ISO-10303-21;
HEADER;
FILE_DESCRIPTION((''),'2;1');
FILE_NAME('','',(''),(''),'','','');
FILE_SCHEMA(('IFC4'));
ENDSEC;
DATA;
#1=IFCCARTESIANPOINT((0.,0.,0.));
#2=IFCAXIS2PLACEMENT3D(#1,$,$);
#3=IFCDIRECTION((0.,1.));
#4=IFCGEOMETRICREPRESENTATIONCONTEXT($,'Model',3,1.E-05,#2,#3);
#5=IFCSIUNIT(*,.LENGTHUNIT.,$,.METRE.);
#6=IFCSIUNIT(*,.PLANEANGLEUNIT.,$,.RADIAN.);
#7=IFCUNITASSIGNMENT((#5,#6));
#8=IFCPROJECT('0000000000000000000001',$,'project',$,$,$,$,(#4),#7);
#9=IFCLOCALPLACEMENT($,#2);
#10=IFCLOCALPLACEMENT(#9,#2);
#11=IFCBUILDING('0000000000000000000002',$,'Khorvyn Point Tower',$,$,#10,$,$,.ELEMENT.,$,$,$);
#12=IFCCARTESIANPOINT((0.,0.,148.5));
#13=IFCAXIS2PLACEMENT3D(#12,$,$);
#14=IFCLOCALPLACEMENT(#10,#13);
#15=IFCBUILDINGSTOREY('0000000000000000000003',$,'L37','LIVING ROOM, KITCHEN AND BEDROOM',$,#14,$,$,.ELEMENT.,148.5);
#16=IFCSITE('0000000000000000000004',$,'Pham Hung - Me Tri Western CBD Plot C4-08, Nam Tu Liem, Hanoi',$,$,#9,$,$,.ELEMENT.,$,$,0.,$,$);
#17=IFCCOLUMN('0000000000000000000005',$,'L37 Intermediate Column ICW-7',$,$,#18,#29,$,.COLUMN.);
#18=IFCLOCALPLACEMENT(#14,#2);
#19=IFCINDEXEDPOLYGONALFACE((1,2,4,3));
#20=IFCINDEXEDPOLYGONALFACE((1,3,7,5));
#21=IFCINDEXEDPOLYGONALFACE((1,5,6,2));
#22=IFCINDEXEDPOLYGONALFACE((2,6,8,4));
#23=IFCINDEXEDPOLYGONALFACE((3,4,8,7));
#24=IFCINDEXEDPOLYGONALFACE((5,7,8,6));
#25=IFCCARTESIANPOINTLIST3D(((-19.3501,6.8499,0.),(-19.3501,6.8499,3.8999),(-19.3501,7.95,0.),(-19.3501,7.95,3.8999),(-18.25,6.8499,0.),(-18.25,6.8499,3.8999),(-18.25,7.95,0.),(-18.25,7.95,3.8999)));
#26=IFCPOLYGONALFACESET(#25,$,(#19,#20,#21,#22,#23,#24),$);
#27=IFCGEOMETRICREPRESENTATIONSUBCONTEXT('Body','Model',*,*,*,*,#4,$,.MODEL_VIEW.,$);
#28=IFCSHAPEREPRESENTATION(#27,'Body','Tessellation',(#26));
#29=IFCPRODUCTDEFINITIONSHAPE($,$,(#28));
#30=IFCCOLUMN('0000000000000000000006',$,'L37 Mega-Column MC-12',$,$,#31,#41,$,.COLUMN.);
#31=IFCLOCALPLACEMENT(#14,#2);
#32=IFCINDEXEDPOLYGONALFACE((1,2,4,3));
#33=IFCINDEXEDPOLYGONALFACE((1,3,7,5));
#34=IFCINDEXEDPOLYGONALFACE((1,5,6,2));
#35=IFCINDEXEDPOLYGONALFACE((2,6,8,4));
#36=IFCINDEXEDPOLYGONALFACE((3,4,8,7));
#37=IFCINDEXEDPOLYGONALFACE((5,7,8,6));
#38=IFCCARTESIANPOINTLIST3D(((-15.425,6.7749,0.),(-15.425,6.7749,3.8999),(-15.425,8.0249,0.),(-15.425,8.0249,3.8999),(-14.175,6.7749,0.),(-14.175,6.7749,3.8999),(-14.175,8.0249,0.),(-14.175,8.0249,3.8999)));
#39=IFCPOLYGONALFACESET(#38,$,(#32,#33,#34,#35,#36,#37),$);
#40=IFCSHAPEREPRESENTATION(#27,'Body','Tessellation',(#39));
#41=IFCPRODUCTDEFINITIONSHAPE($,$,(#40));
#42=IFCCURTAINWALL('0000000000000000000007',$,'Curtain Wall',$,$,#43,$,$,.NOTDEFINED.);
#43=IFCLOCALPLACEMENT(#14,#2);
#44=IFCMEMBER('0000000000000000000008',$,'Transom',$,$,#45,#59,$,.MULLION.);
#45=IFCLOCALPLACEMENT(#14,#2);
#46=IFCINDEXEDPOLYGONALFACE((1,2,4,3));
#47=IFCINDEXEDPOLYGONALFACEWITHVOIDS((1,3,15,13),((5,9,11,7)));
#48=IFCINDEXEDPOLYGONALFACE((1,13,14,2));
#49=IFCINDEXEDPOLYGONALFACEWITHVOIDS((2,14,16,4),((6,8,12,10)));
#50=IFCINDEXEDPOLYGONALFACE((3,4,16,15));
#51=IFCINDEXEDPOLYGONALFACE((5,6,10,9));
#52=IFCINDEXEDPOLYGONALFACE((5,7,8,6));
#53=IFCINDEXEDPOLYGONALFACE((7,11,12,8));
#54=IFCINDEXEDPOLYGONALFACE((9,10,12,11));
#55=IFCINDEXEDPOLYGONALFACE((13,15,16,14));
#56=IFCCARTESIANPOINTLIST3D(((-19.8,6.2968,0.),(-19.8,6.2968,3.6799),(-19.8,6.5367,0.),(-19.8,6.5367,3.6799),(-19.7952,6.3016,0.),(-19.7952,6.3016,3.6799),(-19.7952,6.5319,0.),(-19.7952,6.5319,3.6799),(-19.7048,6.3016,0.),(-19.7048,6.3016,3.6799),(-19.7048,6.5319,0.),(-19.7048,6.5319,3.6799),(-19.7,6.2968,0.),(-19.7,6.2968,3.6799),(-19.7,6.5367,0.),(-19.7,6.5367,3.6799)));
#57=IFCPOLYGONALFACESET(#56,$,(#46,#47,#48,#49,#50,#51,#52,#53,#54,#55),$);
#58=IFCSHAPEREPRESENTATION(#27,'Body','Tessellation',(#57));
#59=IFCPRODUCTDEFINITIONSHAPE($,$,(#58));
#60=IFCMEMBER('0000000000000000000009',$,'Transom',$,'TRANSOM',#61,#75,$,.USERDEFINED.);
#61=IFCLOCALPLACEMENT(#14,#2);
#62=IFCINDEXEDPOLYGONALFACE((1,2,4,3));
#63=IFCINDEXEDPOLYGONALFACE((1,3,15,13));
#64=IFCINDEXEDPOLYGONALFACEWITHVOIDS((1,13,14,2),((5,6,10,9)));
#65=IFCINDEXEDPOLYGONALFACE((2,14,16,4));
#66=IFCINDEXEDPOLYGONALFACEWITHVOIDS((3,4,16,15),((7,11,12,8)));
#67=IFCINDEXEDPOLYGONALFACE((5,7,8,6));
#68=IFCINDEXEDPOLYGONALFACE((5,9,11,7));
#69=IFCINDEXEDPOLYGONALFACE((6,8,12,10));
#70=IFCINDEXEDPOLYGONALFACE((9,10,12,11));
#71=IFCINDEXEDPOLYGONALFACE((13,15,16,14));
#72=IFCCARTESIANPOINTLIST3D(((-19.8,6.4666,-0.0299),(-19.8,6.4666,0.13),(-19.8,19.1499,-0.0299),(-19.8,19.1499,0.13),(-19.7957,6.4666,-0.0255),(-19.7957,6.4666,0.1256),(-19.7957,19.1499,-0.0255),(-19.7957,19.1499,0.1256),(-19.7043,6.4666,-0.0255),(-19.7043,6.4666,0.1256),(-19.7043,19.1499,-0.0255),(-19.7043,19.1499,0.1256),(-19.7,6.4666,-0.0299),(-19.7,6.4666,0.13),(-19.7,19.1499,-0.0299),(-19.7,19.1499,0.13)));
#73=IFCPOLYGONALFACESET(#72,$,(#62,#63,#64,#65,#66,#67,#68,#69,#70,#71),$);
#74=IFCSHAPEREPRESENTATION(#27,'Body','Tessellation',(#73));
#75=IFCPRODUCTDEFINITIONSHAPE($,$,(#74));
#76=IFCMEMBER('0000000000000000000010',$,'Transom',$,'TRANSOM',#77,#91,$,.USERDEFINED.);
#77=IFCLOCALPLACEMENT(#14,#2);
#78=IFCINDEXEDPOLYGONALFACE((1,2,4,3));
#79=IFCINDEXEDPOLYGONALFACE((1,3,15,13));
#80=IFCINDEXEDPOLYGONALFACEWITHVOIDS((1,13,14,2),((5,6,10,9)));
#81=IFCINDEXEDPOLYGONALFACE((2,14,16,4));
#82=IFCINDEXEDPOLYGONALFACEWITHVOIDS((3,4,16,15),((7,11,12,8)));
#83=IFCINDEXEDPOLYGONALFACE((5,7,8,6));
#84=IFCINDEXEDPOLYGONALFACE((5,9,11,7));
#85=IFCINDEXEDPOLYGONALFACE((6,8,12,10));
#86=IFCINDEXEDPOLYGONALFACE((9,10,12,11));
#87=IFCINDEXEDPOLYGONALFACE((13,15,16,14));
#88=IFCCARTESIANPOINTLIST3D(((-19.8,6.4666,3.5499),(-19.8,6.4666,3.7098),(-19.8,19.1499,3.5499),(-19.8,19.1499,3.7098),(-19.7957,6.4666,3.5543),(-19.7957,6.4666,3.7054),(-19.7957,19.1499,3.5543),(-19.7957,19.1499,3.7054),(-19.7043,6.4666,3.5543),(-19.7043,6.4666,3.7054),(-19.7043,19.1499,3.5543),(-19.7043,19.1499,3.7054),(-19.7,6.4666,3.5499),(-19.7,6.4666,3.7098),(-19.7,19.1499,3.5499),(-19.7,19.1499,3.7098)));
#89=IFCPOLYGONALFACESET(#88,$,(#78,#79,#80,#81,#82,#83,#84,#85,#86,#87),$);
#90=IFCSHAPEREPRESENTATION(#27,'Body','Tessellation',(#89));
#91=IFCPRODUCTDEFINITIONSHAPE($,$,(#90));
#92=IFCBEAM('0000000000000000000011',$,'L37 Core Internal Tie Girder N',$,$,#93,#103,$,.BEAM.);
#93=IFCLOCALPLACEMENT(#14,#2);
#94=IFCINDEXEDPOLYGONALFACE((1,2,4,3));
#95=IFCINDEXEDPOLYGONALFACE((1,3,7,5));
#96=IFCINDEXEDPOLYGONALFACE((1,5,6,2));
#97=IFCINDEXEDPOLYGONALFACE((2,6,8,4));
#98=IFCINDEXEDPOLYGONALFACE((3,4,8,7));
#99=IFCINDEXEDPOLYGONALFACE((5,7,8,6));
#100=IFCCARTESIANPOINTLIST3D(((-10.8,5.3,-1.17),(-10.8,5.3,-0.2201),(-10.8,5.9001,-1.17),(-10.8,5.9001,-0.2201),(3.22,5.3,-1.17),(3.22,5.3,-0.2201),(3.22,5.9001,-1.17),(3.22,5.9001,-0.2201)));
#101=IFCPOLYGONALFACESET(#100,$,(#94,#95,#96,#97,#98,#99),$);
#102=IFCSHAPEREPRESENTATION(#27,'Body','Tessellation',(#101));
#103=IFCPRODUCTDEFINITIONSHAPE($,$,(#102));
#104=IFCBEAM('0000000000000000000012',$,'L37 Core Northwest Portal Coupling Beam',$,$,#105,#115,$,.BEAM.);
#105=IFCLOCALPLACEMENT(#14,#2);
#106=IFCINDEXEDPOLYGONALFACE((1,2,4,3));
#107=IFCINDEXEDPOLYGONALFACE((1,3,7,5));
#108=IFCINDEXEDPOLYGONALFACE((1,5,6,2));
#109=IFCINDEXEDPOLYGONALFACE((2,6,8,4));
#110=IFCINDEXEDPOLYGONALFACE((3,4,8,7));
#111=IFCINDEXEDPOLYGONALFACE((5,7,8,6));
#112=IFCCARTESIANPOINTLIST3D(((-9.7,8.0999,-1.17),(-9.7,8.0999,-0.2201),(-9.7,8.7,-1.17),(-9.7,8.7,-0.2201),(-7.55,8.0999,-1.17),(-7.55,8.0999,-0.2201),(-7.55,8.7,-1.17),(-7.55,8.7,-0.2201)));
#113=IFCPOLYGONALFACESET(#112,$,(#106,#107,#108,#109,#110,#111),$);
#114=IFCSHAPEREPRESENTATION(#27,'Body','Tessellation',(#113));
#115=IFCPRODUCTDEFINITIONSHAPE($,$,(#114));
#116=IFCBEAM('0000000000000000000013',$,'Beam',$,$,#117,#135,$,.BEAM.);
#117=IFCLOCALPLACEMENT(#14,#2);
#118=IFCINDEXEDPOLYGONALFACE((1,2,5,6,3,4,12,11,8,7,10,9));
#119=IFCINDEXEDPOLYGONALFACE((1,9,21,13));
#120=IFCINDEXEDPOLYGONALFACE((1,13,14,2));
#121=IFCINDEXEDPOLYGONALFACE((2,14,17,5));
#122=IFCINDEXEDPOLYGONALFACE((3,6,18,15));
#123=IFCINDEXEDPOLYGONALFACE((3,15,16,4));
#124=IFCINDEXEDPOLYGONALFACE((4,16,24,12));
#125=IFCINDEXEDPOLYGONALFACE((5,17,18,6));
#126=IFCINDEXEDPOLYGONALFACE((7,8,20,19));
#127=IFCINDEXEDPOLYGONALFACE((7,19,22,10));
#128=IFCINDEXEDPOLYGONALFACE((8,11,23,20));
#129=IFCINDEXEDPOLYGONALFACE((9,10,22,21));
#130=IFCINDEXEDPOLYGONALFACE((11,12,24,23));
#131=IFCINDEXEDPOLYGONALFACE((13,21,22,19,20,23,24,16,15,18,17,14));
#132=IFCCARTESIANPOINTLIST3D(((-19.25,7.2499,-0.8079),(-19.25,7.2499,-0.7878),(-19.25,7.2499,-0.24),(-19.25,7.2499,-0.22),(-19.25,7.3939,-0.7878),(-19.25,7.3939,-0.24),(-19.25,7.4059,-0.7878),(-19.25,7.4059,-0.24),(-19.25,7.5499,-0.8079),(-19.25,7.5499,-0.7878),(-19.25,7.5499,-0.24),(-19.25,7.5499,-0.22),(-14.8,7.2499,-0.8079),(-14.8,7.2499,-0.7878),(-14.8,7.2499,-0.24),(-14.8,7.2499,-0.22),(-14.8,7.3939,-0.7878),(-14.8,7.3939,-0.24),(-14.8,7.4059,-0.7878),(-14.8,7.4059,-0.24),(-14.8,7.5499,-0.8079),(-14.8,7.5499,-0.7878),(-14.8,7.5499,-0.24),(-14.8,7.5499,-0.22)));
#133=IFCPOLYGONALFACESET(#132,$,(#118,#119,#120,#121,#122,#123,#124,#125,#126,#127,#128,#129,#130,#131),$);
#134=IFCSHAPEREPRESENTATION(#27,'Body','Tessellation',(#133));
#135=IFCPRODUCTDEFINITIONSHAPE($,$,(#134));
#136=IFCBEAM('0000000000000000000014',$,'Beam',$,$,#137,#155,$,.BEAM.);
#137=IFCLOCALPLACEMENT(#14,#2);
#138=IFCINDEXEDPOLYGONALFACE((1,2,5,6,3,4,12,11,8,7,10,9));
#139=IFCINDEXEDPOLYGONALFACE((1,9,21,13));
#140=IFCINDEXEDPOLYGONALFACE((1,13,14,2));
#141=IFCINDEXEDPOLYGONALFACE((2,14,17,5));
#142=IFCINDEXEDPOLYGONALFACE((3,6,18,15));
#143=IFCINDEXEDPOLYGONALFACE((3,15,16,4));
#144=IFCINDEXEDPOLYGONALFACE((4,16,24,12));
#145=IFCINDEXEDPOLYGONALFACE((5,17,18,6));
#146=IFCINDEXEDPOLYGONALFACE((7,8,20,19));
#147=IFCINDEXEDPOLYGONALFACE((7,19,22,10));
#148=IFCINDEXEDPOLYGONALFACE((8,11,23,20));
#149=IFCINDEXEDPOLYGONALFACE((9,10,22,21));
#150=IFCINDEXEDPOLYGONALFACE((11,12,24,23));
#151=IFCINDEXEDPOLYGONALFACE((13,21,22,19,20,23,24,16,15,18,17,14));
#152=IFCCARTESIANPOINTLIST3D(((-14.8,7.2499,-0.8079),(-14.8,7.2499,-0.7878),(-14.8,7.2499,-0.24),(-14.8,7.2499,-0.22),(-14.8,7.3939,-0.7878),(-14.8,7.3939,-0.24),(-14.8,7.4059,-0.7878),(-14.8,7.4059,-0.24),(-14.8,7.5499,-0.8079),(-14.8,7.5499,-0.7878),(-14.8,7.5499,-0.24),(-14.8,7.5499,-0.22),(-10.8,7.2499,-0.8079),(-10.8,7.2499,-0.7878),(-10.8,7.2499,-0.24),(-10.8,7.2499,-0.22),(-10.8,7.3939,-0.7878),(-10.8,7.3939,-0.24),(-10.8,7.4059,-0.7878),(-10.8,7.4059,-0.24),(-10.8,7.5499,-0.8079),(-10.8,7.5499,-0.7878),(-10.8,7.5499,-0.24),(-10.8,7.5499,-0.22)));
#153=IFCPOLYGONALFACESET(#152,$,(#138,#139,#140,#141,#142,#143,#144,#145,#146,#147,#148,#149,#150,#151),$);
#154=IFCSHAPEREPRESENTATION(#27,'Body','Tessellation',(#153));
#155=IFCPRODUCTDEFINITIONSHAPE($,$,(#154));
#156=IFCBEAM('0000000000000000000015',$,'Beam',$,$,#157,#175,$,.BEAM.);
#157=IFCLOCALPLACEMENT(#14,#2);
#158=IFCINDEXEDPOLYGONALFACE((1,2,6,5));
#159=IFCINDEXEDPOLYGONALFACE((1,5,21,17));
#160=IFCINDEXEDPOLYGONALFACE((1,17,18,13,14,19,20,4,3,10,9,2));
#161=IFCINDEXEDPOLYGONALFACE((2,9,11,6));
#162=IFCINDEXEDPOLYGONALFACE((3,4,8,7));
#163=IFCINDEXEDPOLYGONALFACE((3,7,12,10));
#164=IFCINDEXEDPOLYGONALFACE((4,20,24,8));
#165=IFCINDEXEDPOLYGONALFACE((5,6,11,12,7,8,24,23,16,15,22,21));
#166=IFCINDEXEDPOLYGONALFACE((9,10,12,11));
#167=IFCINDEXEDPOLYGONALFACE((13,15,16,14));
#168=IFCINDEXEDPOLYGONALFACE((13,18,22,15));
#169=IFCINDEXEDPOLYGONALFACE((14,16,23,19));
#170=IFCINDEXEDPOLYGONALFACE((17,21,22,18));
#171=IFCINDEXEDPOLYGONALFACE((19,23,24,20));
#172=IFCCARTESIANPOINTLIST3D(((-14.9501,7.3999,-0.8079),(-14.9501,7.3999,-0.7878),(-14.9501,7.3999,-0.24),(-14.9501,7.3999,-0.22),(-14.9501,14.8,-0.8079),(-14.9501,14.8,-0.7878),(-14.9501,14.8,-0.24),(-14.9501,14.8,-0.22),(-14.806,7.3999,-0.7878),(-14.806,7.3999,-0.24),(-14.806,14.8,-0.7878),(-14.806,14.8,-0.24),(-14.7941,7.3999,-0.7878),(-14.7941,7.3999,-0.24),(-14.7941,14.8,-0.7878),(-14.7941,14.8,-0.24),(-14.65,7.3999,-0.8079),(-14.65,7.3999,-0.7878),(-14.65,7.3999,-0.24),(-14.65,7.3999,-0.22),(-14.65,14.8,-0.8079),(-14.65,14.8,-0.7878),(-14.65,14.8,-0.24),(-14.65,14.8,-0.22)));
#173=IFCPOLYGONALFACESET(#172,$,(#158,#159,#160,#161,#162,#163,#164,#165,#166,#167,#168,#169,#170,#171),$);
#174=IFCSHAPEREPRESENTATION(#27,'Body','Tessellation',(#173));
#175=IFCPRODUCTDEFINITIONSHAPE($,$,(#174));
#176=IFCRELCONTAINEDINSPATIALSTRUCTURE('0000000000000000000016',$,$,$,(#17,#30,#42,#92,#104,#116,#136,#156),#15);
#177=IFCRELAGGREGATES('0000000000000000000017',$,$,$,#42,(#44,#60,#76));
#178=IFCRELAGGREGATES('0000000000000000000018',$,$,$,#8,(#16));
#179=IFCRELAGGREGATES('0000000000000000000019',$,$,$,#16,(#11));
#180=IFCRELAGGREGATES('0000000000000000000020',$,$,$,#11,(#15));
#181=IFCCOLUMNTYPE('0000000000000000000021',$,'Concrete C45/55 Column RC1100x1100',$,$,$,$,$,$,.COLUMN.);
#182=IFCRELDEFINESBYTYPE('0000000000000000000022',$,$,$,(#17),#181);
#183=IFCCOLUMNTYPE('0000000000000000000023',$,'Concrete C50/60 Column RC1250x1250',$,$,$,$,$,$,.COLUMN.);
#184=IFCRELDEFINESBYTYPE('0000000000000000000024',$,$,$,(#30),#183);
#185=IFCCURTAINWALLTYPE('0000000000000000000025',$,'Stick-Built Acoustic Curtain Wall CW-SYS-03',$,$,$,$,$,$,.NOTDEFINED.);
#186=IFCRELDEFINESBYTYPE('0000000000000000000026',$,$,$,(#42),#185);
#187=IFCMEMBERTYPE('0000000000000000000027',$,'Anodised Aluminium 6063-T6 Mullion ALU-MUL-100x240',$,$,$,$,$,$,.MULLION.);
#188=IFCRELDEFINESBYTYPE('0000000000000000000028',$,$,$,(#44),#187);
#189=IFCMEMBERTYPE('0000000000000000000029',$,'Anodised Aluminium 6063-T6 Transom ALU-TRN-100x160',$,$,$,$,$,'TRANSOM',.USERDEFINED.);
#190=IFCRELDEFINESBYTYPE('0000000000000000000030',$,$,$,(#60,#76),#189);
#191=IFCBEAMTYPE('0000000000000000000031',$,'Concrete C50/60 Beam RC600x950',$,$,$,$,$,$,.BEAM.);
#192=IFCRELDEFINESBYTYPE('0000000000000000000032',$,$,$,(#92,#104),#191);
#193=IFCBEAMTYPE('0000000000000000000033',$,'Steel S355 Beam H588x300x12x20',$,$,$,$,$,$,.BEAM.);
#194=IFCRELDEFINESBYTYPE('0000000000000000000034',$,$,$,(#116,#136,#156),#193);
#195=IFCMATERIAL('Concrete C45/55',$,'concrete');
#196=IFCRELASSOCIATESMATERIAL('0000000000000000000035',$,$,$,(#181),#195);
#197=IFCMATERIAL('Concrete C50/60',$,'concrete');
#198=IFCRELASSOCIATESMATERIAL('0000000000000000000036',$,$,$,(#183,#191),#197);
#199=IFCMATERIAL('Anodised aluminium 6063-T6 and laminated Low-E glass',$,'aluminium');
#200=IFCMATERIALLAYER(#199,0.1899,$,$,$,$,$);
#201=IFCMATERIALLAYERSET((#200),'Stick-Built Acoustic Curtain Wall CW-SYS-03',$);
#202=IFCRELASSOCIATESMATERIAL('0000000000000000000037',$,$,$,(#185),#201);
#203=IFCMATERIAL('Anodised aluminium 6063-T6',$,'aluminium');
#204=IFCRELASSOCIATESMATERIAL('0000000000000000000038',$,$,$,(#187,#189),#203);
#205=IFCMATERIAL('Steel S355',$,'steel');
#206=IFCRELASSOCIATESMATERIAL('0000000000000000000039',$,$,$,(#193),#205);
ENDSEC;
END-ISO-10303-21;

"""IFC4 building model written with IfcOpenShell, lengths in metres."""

from ifc_helpers import new_model, si_unit, direction, frame, origin, origin_2d, place, context, subcontext, project, spatial, rectangle, hollow_rectangle, i_section, extrude, material, layer, layer_set, material_profile, profile_set, type_object, element, aggregate, save


model = new_model("IFC4")

# Units and contexts
model_context = context("Model", 3, precision=1e-05, world=origin(), true_north=direction((0.0, 1.0)))
body_context = subcontext(model_context, "Body", "Model", "MODEL_VIEW")
ifc_project = project(units=[si_unit("LENGTHUNIT", "METRE"), si_unit("PLANEANGLEUNIT", "RADIAN")], contexts=[model_context])

# Site, building, storey
site_placement = place(None, origin())
site = spatial("IfcSite", under=ifc_project, at=site_placement, Name="Pham Hung - Me Tri Western CBD Plot C4-08, Nam Tu Liem, Hanoi", CompositionType="ELEMENT", RefElevation=0.0)
building_placement = place(site_placement, origin())
building = spatial("IfcBuilding", under=site, at=building_placement, Name="Khorvyn Point Tower", CompositionType="ELEMENT")
storey_placement = place(building_placement, frame((0.0, 0.0, 148.5)))
storey = spatial("IfcBuildingStorey", under=building, at=storey_placement, Name="L37", Description="LIVING ROOM, KITCHEN AND BEDROOM", CompositionType="ELEMENT", Elevation=148.5)

# Columns
ifc_material_1 = material(Name="Concrete C45/55", Category="concrete")
ifc_material_profile_1 = material_profile(ifc_material_1, rectangle(XDim=1.1001, YDim=1.1001, at=origin_2d()))
ifc_profile_set_1 = profile_set([ifc_material_profile_1], Name="Concrete C45/55 RC1100x1100")
column_type_1 = type_object("IfcColumnType", Name="Concrete C45/55 Column RC1100x1100", PredefinedType="COLUMN", material=ifc_profile_set_1)
column_1_placement = place(storey_placement, frame((-18.8, 7.3999, 0.0), z_axis=(0.0, 0.0, 1.0), x_axis=(1.0, 0.0, 0.0)))
element("IfcColumn", 1, at=column_1_placement, inside=storey, type_object=column_type_1, Name="L37 Intermediate Column ICW-7", PredefinedType="COLUMN", context=body_context, shape_type="SweptSolid", body=[
    extrude(rectangle(XDim=1.1001, YDim=1.1001, at=origin_2d()), origin(), (0.0, 0.0, 1.0), 3.8999),
])
ifc_material_2 = material(Name="Concrete C50/60", Category="concrete")
ifc_material_profile_2 = material_profile(ifc_material_2, rectangle(XDim=1.25, YDim=1.25, at=origin_2d()))
ifc_profile_set_2 = profile_set([ifc_material_profile_2], Name="Concrete C50/60 RC1250x1250")
column_type_2 = type_object("IfcColumnType", Name="Concrete C50/60 Column RC1250x1250", PredefinedType="COLUMN", material=ifc_profile_set_2)
column_2_placement = place(storey_placement, frame((-14.8, 7.3999, 0.0), z_axis=(0.0, 0.0, 1.0), x_axis=(1.0, 0.0, 0.0)))
element("IfcColumn", 2, at=column_2_placement, inside=storey, type_object=column_type_2, Name="L37 Mega-Column MC-12", PredefinedType="COLUMN", context=body_context, shape_type="SweptSolid", body=[
    extrude(rectangle(XDim=1.25, YDim=1.25, at=origin_2d()), origin(), (0.0, 0.0, 1.0), 3.8999),
])

# Curtain wall, members
ifc_material_3 = material(Name="Anodised aluminium 6063-T6 and laminated Low-E glass", Category="aluminium")
ifc_layer_1 = layer(ifc_material_3, 0.1899)
ifc_layer_set_1 = layer_set([ifc_layer_1], Name="Stick-Built Acoustic Curtain Wall CW-SYS-03")
curtain_wall_type = type_object("IfcCurtainWallType", Name="Stick-Built Acoustic Curtain Wall CW-SYS-03", PredefinedType="NOTDEFINED", material=ifc_layer_set_1)
curtain_wall_placement = place(storey_placement, origin())
curtain_wall = element("IfcCurtainWall", 3, at=curtain_wall_placement, inside=storey, type_object=curtain_wall_type, Name="Curtain Wall", PredefinedType="NOTDEFINED")
ifc_material_4 = material(Name="Anodised aluminium 6063-T6", Category="aluminium")
ifc_material_profile_3 = material_profile(ifc_material_4, hollow_rectangle(XDim=0.1001, YDim=0.24, WallThickness=0.0049, at=origin_2d()))
ifc_profile_set_3 = profile_set([ifc_material_profile_3], Name="Anodised aluminium 6063-T6 ALU-MUL-100x240")
member_type_1 = type_object("IfcMemberType", Name="Anodised Aluminium 6063-T6 Mullion ALU-MUL-100x240", PredefinedType="MULLION", material=ifc_profile_set_3)
member_1_placement = place(storey_placement, frame((-19.75, 6.4167, 0.0), z_axis=(0.0, 0.0, 1.0), x_axis=(-1.0, 0.0, 0.0)))
member_1 = element("IfcMember", 4, at=member_1_placement, type_object=member_type_1, Name="Transom", PredefinedType="MULLION", context=body_context, shape_type="SweptSolid", body=[
    extrude(hollow_rectangle(XDim=0.1001, YDim=0.24, WallThickness=0.0049, at=origin_2d()), origin(), (0.0, 0.0, 1.0), 3.6799),
])
ifc_material_profile_4 = material_profile(ifc_material_4, hollow_rectangle(XDim=0.1001, YDim=0.1599, WallThickness=0.0044, at=origin_2d()))
ifc_profile_set_4 = profile_set([ifc_material_profile_4], Name="Anodised aluminium 6063-T6 ALU-TRN-100x160")
member_type_2 = type_object("IfcMemberType", Name="Anodised Aluminium 6063-T6 Transom ALU-TRN-100x160", ElementType="TRANSOM", PredefinedType="USERDEFINED", material=ifc_profile_set_4)
member_2_placement = place(storey_placement, frame((-19.75, 6.4666, 0.05), z_axis=(0.0, 1.0, 0.0), x_axis=(-1.0, 0.0, 0.0)))
member_2 = element("IfcMember", 5, at=member_2_placement, type_object=member_type_2, Name="Transom", ObjectType="TRANSOM", PredefinedType="USERDEFINED", context=body_context, shape_type="SweptSolid", body=[
    extrude(hollow_rectangle(XDim=0.1001, YDim=0.1599, WallThickness=0.0044, at=origin_2d()), origin(), (0.0, 0.0, 1.0), 12.6833),
])
member_3_placement = place(storey_placement, frame((-19.75, 6.4666, 3.6299), z_axis=(0.0, 1.0, 0.0), x_axis=(-1.0, 0.0, 0.0)))
member_3 = element("IfcMember", 6, at=member_3_placement, type_object=member_type_2, Name="Transom", ObjectType="TRANSOM", PredefinedType="USERDEFINED", context=body_context, shape_type="SweptSolid", body=[
    extrude(hollow_rectangle(XDim=0.1001, YDim=0.1599, WallThickness=0.0044, at=origin_2d()), origin(), (0.0, 0.0, 1.0), 12.6833),
])

# Beams
ifc_material_profile_5 = material_profile(ifc_material_2, rectangle(XDim=0.6001, YDim=0.95, at=origin_2d()))
ifc_profile_set_5 = profile_set([ifc_material_profile_5], Name="Concrete C50/60 RC600x950")
beam_type_1 = type_object("IfcBeamType", Name="Concrete C50/60 Beam RC600x950", PredefinedType="BEAM", material=ifc_profile_set_5)
beam_1_placement = place(storey_placement, frame((-10.8, 5.6001, -0.6951), z_axis=(1.0, 0.0, 0.0), x_axis=(0.0, 1.0, 0.0)))
element("IfcBeam", 7, at=beam_1_placement, inside=storey, type_object=beam_type_1, Name="L37 Core Internal Tie Girder N", PredefinedType="BEAM", context=body_context, shape_type="SweptSolid", body=[
    extrude(rectangle(XDim=0.6001, YDim=0.95, at=origin_2d()), origin(), (0.0, 0.0, 1.0), 14.02),
])
beam_2_placement = place(storey_placement, frame((-9.7, 8.3999, -0.6951), z_axis=(1.0, 0.0, 0.0), x_axis=(0.0, 1.0, 0.0)))
element("IfcBeam", 8, at=beam_2_placement, inside=storey, type_object=beam_type_1, Name="L37 Core Northwest Portal Coupling Beam", PredefinedType="BEAM", context=body_context, shape_type="SweptSolid", body=[
    extrude(rectangle(XDim=0.6001, YDim=0.95, at=origin_2d()), origin(), (0.0, 0.0, 1.0), 2.1499),
])
ifc_material_5 = material(Name="Steel S355", Category="steel")
ifc_material_profile_6 = material_profile(ifc_material_5, i_section(OverallWidth=0.3, OverallDepth=0.5879, WebThickness=0.012, FlangeThickness=0.02, at=origin_2d()))
ifc_profile_set_6 = profile_set([ifc_material_profile_6], Name="Steel S355 H588x300x12x20")
beam_type_2 = type_object("IfcBeamType", Name="Steel S355 Beam H588x300x12x20", PredefinedType="BEAM", material=ifc_profile_set_6)
beam_3_placement = place(storey_placement, frame((-19.25, 7.3999, -0.5139), z_axis=(1.0, 0.0, 0.0), x_axis=(0.0, 1.0, 0.0)))
element("IfcBeam", 9, at=beam_3_placement, inside=storey, type_object=beam_type_2, Name="Beam", PredefinedType="BEAM", context=body_context, shape_type="SweptSolid", body=[
    extrude(i_section(OverallWidth=0.3, OverallDepth=0.5879, WebThickness=0.012, FlangeThickness=0.02, at=origin_2d()), origin(), (0.0, 0.0, 1.0), 4.45),
])
beam_4_placement = place(storey_placement, frame((-14.8, 7.3999, -0.5139), z_axis=(1.0, 0.0, 0.0), x_axis=(0.0, 1.0, 0.0)))
element("IfcBeam", 10, at=beam_4_placement, inside=storey, type_object=beam_type_2, Name="Beam", PredefinedType="BEAM", context=body_context, shape_type="SweptSolid", body=[
    extrude(i_section(OverallWidth=0.3, OverallDepth=0.5879, WebThickness=0.012, FlangeThickness=0.02, at=origin_2d()), origin(), (0.0, 0.0, 1.0), 4.0),
])
for number, where, z_axis, x_axis, name in (
    (11, (-14.8, 7.3999, -0.5139), (0.0, 1.0, 0.0), (-1.0, 0.0, 0.0), "Beam"),
):
    element("IfcBeam", number, at=place(storey_placement, frame(where, z_axis=z_axis, x_axis=x_axis)), inside=storey, type_object=beam_type_2, Name=name, PredefinedType="BEAM", context=body_context, shape_type="SweptSolid", body=[
        extrude(i_section(OverallWidth=0.3, OverallDepth=0.5879, WebThickness=0.012, FlangeThickness=0.02, at=origin_2d()), origin(), (0.0, 0.0, 1.0), 7.4001),
    ])

aggregate(curtain_wall, [member_1, member_2, member_3])

save(model, "model.ifc")
